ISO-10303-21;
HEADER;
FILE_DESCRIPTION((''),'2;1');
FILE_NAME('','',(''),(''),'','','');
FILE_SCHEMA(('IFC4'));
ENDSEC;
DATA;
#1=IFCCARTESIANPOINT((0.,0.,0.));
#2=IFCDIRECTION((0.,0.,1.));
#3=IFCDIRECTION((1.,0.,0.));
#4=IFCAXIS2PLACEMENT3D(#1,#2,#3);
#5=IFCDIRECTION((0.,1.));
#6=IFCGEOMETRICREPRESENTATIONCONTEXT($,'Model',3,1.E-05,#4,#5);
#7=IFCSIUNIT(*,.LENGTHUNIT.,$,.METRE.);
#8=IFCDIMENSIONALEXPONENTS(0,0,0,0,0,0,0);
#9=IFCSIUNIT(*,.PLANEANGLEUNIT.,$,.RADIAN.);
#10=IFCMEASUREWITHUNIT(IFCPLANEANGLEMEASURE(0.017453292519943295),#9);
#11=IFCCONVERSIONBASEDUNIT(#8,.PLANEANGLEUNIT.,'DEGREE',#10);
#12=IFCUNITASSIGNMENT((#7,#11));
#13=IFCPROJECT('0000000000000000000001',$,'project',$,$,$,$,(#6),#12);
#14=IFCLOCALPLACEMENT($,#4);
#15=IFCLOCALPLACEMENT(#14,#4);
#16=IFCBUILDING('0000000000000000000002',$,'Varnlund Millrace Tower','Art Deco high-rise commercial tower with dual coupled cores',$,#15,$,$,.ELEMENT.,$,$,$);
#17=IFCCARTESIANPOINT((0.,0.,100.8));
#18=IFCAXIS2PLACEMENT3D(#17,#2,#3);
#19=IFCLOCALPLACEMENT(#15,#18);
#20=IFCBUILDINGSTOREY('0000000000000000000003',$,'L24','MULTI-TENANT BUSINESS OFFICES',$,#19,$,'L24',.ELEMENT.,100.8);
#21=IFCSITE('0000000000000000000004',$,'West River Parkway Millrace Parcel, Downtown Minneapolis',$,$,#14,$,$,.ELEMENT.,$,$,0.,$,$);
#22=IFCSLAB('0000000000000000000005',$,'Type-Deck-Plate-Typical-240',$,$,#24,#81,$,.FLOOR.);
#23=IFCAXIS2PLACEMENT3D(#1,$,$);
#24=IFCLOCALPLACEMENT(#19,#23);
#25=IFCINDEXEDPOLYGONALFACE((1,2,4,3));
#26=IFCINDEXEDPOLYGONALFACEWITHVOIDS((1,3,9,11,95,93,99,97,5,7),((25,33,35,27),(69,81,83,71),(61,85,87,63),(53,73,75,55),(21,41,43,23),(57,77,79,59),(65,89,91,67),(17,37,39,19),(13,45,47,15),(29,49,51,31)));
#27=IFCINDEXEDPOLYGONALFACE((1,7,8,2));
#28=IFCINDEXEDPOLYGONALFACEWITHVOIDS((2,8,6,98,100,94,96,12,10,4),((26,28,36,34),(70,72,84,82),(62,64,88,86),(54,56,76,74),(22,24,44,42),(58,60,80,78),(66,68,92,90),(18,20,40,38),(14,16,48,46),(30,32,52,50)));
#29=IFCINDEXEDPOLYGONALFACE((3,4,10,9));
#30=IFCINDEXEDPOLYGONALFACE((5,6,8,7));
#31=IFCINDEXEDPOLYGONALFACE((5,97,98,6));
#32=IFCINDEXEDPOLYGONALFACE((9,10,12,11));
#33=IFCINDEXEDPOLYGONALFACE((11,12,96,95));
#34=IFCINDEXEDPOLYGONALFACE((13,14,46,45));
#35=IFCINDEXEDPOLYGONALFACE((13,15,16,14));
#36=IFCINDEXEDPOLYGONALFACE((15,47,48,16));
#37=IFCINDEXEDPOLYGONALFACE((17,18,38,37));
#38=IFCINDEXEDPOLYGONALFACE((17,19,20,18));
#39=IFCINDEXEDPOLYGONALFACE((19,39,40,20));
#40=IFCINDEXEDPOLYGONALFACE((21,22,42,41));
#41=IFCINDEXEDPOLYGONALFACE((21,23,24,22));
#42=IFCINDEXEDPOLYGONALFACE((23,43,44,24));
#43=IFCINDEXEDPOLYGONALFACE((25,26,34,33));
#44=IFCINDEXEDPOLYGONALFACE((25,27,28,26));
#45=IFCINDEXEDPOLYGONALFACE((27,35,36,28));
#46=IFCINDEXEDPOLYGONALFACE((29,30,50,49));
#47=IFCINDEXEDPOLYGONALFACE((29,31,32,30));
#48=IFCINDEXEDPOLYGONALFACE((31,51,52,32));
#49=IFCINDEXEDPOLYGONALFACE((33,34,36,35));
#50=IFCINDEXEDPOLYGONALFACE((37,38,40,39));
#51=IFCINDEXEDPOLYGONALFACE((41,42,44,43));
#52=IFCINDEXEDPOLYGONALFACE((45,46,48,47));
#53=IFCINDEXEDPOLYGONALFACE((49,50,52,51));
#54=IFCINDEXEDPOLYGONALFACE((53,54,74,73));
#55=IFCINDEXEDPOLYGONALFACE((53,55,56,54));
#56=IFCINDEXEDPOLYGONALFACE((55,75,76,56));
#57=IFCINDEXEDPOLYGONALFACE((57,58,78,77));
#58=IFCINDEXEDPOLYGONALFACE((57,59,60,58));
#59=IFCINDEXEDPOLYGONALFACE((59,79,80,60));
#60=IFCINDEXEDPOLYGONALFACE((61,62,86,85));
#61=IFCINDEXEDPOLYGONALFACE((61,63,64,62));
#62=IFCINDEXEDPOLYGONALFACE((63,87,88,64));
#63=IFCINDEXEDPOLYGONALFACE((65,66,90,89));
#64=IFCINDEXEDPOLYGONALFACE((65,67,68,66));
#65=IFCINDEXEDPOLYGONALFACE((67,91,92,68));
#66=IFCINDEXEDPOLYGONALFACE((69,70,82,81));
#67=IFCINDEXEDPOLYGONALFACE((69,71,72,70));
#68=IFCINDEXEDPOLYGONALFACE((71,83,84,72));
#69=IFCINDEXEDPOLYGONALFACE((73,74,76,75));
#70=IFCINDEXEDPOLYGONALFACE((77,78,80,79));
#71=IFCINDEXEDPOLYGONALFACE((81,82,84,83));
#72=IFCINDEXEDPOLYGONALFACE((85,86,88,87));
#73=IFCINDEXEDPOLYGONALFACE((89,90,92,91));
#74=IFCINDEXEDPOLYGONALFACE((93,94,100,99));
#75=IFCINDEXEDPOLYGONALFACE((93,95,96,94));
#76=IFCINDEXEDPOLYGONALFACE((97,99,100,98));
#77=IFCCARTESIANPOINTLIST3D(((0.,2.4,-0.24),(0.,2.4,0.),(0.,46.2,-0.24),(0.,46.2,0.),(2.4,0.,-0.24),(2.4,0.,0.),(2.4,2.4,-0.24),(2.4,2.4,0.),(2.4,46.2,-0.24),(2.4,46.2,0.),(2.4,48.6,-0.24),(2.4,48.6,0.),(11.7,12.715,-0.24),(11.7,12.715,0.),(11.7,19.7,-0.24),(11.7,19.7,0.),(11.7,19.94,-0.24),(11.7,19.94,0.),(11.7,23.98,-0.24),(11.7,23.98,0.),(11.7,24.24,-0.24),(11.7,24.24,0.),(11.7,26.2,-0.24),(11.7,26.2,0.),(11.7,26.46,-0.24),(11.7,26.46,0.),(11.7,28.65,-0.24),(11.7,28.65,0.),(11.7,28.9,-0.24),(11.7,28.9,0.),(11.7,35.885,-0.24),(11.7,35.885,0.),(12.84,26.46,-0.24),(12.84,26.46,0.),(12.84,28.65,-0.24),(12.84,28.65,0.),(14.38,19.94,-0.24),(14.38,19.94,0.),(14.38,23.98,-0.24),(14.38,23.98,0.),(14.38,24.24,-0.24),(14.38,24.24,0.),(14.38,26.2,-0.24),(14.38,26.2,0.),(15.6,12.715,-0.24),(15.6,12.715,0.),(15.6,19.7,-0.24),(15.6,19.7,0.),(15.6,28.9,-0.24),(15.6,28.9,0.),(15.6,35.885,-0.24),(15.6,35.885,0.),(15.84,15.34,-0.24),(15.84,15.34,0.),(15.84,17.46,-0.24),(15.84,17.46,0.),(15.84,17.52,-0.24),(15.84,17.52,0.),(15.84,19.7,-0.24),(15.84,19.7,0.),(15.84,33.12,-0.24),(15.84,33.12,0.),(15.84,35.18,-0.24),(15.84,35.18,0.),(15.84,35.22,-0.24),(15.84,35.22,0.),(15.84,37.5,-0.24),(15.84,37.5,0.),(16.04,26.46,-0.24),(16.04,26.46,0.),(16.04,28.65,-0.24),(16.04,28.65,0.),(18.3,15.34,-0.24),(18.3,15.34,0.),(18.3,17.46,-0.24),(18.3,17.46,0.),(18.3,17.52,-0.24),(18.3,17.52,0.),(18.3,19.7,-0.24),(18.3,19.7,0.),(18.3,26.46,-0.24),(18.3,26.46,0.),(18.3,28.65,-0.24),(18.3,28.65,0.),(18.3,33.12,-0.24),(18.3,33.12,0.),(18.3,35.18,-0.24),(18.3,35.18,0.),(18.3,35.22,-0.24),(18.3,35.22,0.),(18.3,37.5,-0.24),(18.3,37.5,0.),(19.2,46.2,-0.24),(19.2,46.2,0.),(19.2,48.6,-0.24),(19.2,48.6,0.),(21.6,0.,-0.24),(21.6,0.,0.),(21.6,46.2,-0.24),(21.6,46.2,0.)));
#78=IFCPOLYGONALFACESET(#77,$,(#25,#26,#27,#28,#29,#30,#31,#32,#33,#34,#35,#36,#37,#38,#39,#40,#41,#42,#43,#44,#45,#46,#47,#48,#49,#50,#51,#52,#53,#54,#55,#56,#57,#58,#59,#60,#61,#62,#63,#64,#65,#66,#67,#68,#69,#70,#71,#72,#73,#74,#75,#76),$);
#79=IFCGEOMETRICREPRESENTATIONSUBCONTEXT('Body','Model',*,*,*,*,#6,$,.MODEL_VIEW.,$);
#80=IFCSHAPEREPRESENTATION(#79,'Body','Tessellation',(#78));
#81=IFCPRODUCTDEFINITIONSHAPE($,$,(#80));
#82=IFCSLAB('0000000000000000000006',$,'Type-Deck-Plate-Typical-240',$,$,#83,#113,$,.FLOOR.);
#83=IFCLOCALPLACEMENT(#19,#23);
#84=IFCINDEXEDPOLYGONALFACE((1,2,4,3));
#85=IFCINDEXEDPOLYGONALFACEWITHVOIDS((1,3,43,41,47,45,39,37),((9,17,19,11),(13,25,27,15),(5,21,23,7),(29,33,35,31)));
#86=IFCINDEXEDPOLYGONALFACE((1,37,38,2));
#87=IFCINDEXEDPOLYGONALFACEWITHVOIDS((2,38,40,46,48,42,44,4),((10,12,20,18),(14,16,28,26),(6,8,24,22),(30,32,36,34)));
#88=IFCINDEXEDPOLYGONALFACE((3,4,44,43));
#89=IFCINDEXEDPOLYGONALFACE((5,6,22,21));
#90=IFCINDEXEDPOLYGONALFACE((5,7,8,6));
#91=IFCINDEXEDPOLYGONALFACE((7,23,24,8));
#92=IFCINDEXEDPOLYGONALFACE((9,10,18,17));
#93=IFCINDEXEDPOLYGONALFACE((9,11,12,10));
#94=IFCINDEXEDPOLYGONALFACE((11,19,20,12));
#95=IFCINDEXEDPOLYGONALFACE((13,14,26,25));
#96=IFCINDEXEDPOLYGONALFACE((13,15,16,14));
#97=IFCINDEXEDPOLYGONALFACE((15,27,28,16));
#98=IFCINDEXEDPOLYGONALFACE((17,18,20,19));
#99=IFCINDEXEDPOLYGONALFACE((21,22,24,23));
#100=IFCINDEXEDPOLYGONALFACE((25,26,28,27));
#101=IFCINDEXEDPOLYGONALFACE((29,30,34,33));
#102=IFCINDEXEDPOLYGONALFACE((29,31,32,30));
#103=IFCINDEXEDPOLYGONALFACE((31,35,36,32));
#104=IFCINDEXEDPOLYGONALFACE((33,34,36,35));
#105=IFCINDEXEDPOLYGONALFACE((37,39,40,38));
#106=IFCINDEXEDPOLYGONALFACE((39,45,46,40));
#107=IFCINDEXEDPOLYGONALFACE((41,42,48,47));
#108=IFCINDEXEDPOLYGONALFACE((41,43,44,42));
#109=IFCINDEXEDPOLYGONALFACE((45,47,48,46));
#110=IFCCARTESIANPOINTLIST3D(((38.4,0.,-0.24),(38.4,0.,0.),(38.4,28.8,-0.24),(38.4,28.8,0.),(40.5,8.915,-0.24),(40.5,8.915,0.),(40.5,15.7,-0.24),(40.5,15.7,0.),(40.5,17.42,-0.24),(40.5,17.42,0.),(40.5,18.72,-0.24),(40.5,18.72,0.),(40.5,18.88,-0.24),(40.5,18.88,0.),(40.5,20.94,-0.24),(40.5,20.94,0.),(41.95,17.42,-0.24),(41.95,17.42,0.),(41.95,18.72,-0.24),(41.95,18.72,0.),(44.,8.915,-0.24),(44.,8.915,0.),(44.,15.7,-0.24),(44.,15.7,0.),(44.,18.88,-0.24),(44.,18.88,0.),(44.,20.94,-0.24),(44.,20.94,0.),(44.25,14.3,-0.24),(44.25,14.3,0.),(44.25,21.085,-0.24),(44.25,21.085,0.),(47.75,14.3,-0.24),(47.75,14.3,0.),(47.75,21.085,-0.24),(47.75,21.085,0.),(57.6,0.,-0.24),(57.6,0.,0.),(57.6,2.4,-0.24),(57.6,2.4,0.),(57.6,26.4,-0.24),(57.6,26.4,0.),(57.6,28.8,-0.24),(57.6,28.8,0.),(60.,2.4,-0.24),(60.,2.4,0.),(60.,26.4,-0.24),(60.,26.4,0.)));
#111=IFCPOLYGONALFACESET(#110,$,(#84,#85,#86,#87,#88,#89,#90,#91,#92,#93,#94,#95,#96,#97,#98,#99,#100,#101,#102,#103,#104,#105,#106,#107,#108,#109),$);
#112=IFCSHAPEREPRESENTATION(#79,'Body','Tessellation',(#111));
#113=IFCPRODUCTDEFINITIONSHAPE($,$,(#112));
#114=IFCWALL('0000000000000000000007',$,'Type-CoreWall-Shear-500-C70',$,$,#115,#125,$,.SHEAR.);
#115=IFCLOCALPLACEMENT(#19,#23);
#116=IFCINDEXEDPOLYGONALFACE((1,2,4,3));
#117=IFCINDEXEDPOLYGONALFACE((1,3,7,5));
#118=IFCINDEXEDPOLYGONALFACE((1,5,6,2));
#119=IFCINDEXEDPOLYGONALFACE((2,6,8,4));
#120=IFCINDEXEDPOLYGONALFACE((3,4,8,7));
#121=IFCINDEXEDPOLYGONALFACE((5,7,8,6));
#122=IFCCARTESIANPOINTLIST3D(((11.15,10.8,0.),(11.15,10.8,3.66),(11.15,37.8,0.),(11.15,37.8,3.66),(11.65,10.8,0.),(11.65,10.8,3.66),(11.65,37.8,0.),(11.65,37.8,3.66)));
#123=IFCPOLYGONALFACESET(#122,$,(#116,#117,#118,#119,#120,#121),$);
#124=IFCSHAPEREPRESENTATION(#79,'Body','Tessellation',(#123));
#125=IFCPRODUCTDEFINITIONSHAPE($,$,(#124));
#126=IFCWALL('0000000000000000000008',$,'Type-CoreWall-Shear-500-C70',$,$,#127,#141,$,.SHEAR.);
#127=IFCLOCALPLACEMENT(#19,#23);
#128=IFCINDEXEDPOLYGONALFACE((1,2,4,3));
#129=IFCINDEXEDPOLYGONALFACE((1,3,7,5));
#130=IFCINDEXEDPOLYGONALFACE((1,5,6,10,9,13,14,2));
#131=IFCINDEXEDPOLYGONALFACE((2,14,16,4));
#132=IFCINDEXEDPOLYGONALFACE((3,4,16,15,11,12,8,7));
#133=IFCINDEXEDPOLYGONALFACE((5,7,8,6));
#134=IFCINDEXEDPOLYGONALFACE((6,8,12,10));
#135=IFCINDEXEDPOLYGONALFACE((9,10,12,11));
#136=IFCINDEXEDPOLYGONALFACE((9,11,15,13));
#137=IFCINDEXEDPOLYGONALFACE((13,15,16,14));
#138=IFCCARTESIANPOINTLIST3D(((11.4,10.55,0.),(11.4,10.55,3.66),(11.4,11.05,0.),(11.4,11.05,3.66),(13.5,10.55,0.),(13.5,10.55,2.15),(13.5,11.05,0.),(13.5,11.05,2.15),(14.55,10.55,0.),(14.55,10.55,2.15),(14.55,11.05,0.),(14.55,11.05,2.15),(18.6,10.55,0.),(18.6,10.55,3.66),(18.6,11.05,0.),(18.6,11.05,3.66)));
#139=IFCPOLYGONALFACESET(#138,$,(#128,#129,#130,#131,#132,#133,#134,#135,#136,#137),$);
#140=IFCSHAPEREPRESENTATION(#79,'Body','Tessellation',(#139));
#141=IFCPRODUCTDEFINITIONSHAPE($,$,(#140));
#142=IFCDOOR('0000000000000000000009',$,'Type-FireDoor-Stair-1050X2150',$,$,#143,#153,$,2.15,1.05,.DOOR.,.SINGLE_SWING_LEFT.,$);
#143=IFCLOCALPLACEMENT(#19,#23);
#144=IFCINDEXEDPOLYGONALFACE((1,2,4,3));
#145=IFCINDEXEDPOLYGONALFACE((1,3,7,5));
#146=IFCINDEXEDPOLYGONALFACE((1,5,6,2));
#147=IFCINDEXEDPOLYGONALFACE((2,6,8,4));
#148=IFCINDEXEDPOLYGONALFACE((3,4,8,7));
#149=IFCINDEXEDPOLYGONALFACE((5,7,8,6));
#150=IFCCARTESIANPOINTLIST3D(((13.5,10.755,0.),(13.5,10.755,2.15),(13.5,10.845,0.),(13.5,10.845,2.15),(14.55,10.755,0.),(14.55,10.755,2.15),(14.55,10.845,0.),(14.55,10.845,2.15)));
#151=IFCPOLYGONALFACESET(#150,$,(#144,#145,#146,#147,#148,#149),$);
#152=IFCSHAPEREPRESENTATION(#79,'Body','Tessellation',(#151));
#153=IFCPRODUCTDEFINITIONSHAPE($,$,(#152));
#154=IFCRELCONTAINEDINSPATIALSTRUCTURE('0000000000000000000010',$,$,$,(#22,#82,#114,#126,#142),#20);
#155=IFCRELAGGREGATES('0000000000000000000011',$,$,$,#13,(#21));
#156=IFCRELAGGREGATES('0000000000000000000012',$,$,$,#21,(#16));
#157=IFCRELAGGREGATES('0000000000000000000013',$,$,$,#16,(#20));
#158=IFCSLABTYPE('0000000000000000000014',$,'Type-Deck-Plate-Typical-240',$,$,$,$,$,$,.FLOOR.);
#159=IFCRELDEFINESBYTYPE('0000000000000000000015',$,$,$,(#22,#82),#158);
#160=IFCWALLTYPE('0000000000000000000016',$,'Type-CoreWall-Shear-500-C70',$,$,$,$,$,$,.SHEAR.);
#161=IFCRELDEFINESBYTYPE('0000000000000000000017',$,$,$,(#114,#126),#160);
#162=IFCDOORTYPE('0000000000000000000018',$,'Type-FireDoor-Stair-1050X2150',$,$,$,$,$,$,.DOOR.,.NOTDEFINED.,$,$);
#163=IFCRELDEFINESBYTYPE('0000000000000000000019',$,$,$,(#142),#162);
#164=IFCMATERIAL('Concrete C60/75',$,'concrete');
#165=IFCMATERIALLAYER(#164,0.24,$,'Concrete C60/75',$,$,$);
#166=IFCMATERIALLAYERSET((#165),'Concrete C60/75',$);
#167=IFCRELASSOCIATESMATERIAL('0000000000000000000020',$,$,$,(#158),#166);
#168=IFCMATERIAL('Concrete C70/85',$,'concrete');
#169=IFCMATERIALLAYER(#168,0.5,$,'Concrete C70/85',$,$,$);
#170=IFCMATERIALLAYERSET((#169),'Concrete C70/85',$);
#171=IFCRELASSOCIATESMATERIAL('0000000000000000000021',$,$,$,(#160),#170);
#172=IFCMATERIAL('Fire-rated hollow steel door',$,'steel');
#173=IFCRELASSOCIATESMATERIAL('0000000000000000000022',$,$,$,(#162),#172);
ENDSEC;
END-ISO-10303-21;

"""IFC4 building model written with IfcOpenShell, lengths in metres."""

from ifc_helpers import new_model, entity, si_unit, converted_unit, direction, frame, origin_with_axes, origin_2d_with_axis, place, context, subcontext, project, spatial, polyline, rectangle, outline, extrude, material, layer, layer_set, type_object, element, fill, save


model = new_model("IFC4")

# Units and contexts
model_context = context("Model", 3, precision=1e-05, world=origin_with_axes(), true_north=direction((0.0, 1.0)))
body_context = subcontext(model_context, "Body", "Model", "MODEL_VIEW")
ifc_project = project(units=[si_unit("LENGTHUNIT", "METRE"), converted_unit("PLANEANGLEUNIT", "DEGREE", entity("IfcPlaneAngleMeasure", 0.017453292519943295), si_unit("PLANEANGLEUNIT", "RADIAN"), dimensions=[0, 0, 0, 0, 0, 0, 0])], contexts=[model_context])

# Site, building, storey
site_placement = place(None, origin_with_axes())
site = spatial("IfcSite", under=ifc_project, at=site_placement, Name="West River Parkway Millrace Parcel, Downtown Minneapolis", CompositionType="ELEMENT", RefElevation=0.0)
building_placement = place(site_placement, origin_with_axes())
building = spatial("IfcBuilding", under=site, at=building_placement, Name="Varnlund Millrace Tower", Description="Art Deco high-rise commercial tower with dual coupled cores", CompositionType="ELEMENT")
storey_placement = place(building_placement, frame((0.0, 0.0, 100.8), z_axis=(0.0, 0.0, 1.0), x_axis=(1.0, 0.0, 0.0)))
storey = spatial("IfcBuildingStorey", under=building, at=storey_placement, Name="L24", Description="MULTI-TENANT BUSINESS OFFICES", LongName="L24", CompositionType="ELEMENT", Elevation=100.8)

# Slabs
ifc_material_1 = material(Name="Concrete C60/75", Category="concrete")
ifc_layer_1 = layer(ifc_material_1, 0.24, Name="Concrete C60/75")
ifc_layer_set_1 = layer_set([ifc_layer_1], Name="Concrete C60/75")
slab_type = type_object("IfcSlabType", Name="Type-Deck-Plate-Typical-240", PredefinedType="FLOOR", material=ifc_layer_set_1)
slab_1_placement = place(storey_placement, frame((0.0, 0.0, -0.24), z_axis=(0.0, 0.0, 1.0), x_axis=(1.0, 0.0, 0.0)))
element("IfcSlab", 1, at=slab_1_placement, inside=storey, type_object=slab_type, Name="Type-Deck-Plate-Typical-240", PredefinedType="FLOOR", context=body_context, shape_type="SweptSolid", body=[
    extrude(outline(polyline([(2.4, 2.4), (2.4, 0.0), (21.6, 0.0), (21.6, 46.2), (19.2, 46.2), (19.2, 48.6), (2.4, 48.6), (2.4, 46.2), (0.0, 46.2), (0.0, 2.4), (2.4, 2.4)]), holes=[polyline([(15.6, 19.7), (15.6, 12.715), (11.7, 12.715), (11.7, 19.7), (15.6, 19.7)]), polyline([(11.7, 23.98), (14.38, 23.98), (14.38, 19.94), (11.7, 19.94), (11.7, 23.98)]), polyline([(14.38, 24.24), (11.7, 24.24), (11.7, 26.2), (14.38, 26.2), (14.38, 24.24)]), polyline([(12.84, 26.46), (11.7, 26.46), (11.7, 28.65), (12.84, 28.65), (12.84, 26.46)]), polyline([(15.6, 35.885), (15.6, 28.9), (11.7, 28.9), (11.7, 35.885), (15.6, 35.885)]), polyline([(18.3, 15.34), (15.84, 15.34), (15.84, 17.46), (18.3, 17.46), (18.3, 15.34)]), polyline([(18.3, 17.52), (15.84, 17.52), (15.84, 19.7), (18.3, 19.7), (18.3, 17.52)]), polyline([(18.3, 28.65), (18.3, 26.46), (16.04, 26.46), (16.04, 28.65), (18.3, 28.65)]), polyline([(18.3, 33.12), (15.84, 33.12), (15.84, 35.18), (18.3, 35.18), (18.3, 33.12)]), polyline([(18.3, 35.22), (15.84, 35.22), (15.84, 37.5), (18.3, 37.5), (18.3, 35.22)])]), origin_with_axes(), (0.0, 0.0, 1.0), 0.24),
])
slab_2_placement = place(storey_placement, frame((0.0, 0.0, -0.24), z_axis=(0.0, 0.0, 1.0), x_axis=(1.0, 0.0, 0.0)))
element("IfcSlab", 2, at=slab_2_placement, inside=storey, type_object=slab_type, Name="Type-Deck-Plate-Typical-240", PredefinedType="FLOOR", context=body_context, shape_type="SweptSolid", body=[
    extrude(outline(polyline([(38.4, 0.0), (57.6, 0.0), (57.6, 2.4), (60.0, 2.4), (60.0, 26.4), (57.6, 26.4), (57.6, 28.8), (38.4, 28.8), (38.4, 0.0)]), holes=[polyline([(40.5, 15.7), (44.0, 15.7), (44.0, 8.915), (40.5, 8.915), (40.5, 15.7)]), polyline([(44.25, 21.085), (47.75, 21.085), (47.75, 14.3), (44.25, 14.3), (44.25, 21.085)]), polyline([(40.5, 18.72), (41.95, 18.72), (41.95, 17.42), (40.5, 17.42), (40.5, 18.72)]), polyline([(40.5, 20.94), (44.0, 20.94), (44.0, 18.88), (40.5, 18.88), (40.5, 20.94)])]), origin_with_axes(), (0.0, 0.0, 1.0), 0.24),
])

# Wall
ifc_material_2 = material(Name="Concrete C70/85", Category="concrete")
ifc_layer_2 = layer(ifc_material_2, 0.5, Name="Concrete C70/85")
ifc_layer_set_2 = layer_set([ifc_layer_2], Name="Concrete C70/85")
wall_type = type_object("IfcWallType", Name="Type-CoreWall-Shear-500-C70", PredefinedType="SHEAR", material=ifc_layer_set_2)
wall_1_placement = place(storey_placement, frame((11.4, 10.8, 0.0), z_axis=(0.0, 0.0, 1.0), x_axis=(0.0, 1.0, 0.0)))
element("IfcWall", 3, at=wall_1_placement, inside=storey, type_object=wall_type, Name="Type-CoreWall-Shear-500-C70", PredefinedType="SHEAR", context=body_context, shape_type="SweptSolid", body=[
    extrude(outline(polyline([(0.0, -0.25), (27.0, -0.25), (27.0, 0.25), (0.0, 0.25), (0.0, -0.25)])), origin_with_axes(), (0.0, 0.0, 1.0), 3.66),
])

# Wall, opening, door
wall_2_placement = place(storey_placement, frame((11.4, 10.8, 0.0), z_axis=(0.0, 0.0, 1.0), x_axis=(1.0, 0.0, 0.0)))
wall_2 = element("IfcWall", 4, at=wall_2_placement, inside=storey, type_object=wall_type, Name="Type-CoreWall-Shear-500-C70", PredefinedType="SHEAR", context=body_context, shape_type="SweptSolid", body=[
    extrude(outline(polyline([(0.0, -0.25), (7.2, -0.25), (7.2, 0.25), (0.0, 0.25), (0.0, -0.25)])), origin_with_axes(), (0.0, 0.0, 1.0), 3.66),
])
opening_1_placement = place(wall_2_placement, frame((2.625, 0.0, 0.0), z_axis=(0.0, 0.0, 1.0), x_axis=(1.0, 0.0, 0.0)))
opening_1 = element("IfcOpeningElement", 5, at=opening_1_placement, cuts=wall_2, PredefinedType="OPENING", context=body_context, shape_type="SweptSolid", body=[
    extrude(rectangle(XDim=1.05, YDim=0.52, at=origin_2d_with_axis()), origin_with_axes(), (0.0, 0.0, 1.0), 2.15),
])
ifc_material_3 = material(Name="Fire-rated hollow steel door", Category="steel")
door_type_1 = type_object("IfcDoorType", Name="Type-FireDoor-Stair-1050X2150", OperationType="NOTDEFINED", PredefinedType="DOOR", material=ifc_material_3)
door_1_placement = place(wall_2_placement, frame((2.625, 0.0, 0.0), z_axis=(0.0, 0.0, 1.0), x_axis=(1.0, 0.0, 0.0)))
door_1 = element("IfcDoor", 6, at=door_1_placement, inside=storey, type_object=door_type_1, Name="Type-FireDoor-Stair-1050X2150", OperationType="SINGLE_SWING_LEFT", OverallHeight=2.15, OverallWidth=1.05, PredefinedType="DOOR", context=body_context, shape_type="SweptSolid", body=[
    extrude(rectangle(XDim=1.05, YDim=0.09, at=origin_2d_with_axis()), origin_with_axes(), (0.0, 0.0, 1.0), 2.15),
])
fill(opening_1, door_1)

save(model, "model.ifc")
